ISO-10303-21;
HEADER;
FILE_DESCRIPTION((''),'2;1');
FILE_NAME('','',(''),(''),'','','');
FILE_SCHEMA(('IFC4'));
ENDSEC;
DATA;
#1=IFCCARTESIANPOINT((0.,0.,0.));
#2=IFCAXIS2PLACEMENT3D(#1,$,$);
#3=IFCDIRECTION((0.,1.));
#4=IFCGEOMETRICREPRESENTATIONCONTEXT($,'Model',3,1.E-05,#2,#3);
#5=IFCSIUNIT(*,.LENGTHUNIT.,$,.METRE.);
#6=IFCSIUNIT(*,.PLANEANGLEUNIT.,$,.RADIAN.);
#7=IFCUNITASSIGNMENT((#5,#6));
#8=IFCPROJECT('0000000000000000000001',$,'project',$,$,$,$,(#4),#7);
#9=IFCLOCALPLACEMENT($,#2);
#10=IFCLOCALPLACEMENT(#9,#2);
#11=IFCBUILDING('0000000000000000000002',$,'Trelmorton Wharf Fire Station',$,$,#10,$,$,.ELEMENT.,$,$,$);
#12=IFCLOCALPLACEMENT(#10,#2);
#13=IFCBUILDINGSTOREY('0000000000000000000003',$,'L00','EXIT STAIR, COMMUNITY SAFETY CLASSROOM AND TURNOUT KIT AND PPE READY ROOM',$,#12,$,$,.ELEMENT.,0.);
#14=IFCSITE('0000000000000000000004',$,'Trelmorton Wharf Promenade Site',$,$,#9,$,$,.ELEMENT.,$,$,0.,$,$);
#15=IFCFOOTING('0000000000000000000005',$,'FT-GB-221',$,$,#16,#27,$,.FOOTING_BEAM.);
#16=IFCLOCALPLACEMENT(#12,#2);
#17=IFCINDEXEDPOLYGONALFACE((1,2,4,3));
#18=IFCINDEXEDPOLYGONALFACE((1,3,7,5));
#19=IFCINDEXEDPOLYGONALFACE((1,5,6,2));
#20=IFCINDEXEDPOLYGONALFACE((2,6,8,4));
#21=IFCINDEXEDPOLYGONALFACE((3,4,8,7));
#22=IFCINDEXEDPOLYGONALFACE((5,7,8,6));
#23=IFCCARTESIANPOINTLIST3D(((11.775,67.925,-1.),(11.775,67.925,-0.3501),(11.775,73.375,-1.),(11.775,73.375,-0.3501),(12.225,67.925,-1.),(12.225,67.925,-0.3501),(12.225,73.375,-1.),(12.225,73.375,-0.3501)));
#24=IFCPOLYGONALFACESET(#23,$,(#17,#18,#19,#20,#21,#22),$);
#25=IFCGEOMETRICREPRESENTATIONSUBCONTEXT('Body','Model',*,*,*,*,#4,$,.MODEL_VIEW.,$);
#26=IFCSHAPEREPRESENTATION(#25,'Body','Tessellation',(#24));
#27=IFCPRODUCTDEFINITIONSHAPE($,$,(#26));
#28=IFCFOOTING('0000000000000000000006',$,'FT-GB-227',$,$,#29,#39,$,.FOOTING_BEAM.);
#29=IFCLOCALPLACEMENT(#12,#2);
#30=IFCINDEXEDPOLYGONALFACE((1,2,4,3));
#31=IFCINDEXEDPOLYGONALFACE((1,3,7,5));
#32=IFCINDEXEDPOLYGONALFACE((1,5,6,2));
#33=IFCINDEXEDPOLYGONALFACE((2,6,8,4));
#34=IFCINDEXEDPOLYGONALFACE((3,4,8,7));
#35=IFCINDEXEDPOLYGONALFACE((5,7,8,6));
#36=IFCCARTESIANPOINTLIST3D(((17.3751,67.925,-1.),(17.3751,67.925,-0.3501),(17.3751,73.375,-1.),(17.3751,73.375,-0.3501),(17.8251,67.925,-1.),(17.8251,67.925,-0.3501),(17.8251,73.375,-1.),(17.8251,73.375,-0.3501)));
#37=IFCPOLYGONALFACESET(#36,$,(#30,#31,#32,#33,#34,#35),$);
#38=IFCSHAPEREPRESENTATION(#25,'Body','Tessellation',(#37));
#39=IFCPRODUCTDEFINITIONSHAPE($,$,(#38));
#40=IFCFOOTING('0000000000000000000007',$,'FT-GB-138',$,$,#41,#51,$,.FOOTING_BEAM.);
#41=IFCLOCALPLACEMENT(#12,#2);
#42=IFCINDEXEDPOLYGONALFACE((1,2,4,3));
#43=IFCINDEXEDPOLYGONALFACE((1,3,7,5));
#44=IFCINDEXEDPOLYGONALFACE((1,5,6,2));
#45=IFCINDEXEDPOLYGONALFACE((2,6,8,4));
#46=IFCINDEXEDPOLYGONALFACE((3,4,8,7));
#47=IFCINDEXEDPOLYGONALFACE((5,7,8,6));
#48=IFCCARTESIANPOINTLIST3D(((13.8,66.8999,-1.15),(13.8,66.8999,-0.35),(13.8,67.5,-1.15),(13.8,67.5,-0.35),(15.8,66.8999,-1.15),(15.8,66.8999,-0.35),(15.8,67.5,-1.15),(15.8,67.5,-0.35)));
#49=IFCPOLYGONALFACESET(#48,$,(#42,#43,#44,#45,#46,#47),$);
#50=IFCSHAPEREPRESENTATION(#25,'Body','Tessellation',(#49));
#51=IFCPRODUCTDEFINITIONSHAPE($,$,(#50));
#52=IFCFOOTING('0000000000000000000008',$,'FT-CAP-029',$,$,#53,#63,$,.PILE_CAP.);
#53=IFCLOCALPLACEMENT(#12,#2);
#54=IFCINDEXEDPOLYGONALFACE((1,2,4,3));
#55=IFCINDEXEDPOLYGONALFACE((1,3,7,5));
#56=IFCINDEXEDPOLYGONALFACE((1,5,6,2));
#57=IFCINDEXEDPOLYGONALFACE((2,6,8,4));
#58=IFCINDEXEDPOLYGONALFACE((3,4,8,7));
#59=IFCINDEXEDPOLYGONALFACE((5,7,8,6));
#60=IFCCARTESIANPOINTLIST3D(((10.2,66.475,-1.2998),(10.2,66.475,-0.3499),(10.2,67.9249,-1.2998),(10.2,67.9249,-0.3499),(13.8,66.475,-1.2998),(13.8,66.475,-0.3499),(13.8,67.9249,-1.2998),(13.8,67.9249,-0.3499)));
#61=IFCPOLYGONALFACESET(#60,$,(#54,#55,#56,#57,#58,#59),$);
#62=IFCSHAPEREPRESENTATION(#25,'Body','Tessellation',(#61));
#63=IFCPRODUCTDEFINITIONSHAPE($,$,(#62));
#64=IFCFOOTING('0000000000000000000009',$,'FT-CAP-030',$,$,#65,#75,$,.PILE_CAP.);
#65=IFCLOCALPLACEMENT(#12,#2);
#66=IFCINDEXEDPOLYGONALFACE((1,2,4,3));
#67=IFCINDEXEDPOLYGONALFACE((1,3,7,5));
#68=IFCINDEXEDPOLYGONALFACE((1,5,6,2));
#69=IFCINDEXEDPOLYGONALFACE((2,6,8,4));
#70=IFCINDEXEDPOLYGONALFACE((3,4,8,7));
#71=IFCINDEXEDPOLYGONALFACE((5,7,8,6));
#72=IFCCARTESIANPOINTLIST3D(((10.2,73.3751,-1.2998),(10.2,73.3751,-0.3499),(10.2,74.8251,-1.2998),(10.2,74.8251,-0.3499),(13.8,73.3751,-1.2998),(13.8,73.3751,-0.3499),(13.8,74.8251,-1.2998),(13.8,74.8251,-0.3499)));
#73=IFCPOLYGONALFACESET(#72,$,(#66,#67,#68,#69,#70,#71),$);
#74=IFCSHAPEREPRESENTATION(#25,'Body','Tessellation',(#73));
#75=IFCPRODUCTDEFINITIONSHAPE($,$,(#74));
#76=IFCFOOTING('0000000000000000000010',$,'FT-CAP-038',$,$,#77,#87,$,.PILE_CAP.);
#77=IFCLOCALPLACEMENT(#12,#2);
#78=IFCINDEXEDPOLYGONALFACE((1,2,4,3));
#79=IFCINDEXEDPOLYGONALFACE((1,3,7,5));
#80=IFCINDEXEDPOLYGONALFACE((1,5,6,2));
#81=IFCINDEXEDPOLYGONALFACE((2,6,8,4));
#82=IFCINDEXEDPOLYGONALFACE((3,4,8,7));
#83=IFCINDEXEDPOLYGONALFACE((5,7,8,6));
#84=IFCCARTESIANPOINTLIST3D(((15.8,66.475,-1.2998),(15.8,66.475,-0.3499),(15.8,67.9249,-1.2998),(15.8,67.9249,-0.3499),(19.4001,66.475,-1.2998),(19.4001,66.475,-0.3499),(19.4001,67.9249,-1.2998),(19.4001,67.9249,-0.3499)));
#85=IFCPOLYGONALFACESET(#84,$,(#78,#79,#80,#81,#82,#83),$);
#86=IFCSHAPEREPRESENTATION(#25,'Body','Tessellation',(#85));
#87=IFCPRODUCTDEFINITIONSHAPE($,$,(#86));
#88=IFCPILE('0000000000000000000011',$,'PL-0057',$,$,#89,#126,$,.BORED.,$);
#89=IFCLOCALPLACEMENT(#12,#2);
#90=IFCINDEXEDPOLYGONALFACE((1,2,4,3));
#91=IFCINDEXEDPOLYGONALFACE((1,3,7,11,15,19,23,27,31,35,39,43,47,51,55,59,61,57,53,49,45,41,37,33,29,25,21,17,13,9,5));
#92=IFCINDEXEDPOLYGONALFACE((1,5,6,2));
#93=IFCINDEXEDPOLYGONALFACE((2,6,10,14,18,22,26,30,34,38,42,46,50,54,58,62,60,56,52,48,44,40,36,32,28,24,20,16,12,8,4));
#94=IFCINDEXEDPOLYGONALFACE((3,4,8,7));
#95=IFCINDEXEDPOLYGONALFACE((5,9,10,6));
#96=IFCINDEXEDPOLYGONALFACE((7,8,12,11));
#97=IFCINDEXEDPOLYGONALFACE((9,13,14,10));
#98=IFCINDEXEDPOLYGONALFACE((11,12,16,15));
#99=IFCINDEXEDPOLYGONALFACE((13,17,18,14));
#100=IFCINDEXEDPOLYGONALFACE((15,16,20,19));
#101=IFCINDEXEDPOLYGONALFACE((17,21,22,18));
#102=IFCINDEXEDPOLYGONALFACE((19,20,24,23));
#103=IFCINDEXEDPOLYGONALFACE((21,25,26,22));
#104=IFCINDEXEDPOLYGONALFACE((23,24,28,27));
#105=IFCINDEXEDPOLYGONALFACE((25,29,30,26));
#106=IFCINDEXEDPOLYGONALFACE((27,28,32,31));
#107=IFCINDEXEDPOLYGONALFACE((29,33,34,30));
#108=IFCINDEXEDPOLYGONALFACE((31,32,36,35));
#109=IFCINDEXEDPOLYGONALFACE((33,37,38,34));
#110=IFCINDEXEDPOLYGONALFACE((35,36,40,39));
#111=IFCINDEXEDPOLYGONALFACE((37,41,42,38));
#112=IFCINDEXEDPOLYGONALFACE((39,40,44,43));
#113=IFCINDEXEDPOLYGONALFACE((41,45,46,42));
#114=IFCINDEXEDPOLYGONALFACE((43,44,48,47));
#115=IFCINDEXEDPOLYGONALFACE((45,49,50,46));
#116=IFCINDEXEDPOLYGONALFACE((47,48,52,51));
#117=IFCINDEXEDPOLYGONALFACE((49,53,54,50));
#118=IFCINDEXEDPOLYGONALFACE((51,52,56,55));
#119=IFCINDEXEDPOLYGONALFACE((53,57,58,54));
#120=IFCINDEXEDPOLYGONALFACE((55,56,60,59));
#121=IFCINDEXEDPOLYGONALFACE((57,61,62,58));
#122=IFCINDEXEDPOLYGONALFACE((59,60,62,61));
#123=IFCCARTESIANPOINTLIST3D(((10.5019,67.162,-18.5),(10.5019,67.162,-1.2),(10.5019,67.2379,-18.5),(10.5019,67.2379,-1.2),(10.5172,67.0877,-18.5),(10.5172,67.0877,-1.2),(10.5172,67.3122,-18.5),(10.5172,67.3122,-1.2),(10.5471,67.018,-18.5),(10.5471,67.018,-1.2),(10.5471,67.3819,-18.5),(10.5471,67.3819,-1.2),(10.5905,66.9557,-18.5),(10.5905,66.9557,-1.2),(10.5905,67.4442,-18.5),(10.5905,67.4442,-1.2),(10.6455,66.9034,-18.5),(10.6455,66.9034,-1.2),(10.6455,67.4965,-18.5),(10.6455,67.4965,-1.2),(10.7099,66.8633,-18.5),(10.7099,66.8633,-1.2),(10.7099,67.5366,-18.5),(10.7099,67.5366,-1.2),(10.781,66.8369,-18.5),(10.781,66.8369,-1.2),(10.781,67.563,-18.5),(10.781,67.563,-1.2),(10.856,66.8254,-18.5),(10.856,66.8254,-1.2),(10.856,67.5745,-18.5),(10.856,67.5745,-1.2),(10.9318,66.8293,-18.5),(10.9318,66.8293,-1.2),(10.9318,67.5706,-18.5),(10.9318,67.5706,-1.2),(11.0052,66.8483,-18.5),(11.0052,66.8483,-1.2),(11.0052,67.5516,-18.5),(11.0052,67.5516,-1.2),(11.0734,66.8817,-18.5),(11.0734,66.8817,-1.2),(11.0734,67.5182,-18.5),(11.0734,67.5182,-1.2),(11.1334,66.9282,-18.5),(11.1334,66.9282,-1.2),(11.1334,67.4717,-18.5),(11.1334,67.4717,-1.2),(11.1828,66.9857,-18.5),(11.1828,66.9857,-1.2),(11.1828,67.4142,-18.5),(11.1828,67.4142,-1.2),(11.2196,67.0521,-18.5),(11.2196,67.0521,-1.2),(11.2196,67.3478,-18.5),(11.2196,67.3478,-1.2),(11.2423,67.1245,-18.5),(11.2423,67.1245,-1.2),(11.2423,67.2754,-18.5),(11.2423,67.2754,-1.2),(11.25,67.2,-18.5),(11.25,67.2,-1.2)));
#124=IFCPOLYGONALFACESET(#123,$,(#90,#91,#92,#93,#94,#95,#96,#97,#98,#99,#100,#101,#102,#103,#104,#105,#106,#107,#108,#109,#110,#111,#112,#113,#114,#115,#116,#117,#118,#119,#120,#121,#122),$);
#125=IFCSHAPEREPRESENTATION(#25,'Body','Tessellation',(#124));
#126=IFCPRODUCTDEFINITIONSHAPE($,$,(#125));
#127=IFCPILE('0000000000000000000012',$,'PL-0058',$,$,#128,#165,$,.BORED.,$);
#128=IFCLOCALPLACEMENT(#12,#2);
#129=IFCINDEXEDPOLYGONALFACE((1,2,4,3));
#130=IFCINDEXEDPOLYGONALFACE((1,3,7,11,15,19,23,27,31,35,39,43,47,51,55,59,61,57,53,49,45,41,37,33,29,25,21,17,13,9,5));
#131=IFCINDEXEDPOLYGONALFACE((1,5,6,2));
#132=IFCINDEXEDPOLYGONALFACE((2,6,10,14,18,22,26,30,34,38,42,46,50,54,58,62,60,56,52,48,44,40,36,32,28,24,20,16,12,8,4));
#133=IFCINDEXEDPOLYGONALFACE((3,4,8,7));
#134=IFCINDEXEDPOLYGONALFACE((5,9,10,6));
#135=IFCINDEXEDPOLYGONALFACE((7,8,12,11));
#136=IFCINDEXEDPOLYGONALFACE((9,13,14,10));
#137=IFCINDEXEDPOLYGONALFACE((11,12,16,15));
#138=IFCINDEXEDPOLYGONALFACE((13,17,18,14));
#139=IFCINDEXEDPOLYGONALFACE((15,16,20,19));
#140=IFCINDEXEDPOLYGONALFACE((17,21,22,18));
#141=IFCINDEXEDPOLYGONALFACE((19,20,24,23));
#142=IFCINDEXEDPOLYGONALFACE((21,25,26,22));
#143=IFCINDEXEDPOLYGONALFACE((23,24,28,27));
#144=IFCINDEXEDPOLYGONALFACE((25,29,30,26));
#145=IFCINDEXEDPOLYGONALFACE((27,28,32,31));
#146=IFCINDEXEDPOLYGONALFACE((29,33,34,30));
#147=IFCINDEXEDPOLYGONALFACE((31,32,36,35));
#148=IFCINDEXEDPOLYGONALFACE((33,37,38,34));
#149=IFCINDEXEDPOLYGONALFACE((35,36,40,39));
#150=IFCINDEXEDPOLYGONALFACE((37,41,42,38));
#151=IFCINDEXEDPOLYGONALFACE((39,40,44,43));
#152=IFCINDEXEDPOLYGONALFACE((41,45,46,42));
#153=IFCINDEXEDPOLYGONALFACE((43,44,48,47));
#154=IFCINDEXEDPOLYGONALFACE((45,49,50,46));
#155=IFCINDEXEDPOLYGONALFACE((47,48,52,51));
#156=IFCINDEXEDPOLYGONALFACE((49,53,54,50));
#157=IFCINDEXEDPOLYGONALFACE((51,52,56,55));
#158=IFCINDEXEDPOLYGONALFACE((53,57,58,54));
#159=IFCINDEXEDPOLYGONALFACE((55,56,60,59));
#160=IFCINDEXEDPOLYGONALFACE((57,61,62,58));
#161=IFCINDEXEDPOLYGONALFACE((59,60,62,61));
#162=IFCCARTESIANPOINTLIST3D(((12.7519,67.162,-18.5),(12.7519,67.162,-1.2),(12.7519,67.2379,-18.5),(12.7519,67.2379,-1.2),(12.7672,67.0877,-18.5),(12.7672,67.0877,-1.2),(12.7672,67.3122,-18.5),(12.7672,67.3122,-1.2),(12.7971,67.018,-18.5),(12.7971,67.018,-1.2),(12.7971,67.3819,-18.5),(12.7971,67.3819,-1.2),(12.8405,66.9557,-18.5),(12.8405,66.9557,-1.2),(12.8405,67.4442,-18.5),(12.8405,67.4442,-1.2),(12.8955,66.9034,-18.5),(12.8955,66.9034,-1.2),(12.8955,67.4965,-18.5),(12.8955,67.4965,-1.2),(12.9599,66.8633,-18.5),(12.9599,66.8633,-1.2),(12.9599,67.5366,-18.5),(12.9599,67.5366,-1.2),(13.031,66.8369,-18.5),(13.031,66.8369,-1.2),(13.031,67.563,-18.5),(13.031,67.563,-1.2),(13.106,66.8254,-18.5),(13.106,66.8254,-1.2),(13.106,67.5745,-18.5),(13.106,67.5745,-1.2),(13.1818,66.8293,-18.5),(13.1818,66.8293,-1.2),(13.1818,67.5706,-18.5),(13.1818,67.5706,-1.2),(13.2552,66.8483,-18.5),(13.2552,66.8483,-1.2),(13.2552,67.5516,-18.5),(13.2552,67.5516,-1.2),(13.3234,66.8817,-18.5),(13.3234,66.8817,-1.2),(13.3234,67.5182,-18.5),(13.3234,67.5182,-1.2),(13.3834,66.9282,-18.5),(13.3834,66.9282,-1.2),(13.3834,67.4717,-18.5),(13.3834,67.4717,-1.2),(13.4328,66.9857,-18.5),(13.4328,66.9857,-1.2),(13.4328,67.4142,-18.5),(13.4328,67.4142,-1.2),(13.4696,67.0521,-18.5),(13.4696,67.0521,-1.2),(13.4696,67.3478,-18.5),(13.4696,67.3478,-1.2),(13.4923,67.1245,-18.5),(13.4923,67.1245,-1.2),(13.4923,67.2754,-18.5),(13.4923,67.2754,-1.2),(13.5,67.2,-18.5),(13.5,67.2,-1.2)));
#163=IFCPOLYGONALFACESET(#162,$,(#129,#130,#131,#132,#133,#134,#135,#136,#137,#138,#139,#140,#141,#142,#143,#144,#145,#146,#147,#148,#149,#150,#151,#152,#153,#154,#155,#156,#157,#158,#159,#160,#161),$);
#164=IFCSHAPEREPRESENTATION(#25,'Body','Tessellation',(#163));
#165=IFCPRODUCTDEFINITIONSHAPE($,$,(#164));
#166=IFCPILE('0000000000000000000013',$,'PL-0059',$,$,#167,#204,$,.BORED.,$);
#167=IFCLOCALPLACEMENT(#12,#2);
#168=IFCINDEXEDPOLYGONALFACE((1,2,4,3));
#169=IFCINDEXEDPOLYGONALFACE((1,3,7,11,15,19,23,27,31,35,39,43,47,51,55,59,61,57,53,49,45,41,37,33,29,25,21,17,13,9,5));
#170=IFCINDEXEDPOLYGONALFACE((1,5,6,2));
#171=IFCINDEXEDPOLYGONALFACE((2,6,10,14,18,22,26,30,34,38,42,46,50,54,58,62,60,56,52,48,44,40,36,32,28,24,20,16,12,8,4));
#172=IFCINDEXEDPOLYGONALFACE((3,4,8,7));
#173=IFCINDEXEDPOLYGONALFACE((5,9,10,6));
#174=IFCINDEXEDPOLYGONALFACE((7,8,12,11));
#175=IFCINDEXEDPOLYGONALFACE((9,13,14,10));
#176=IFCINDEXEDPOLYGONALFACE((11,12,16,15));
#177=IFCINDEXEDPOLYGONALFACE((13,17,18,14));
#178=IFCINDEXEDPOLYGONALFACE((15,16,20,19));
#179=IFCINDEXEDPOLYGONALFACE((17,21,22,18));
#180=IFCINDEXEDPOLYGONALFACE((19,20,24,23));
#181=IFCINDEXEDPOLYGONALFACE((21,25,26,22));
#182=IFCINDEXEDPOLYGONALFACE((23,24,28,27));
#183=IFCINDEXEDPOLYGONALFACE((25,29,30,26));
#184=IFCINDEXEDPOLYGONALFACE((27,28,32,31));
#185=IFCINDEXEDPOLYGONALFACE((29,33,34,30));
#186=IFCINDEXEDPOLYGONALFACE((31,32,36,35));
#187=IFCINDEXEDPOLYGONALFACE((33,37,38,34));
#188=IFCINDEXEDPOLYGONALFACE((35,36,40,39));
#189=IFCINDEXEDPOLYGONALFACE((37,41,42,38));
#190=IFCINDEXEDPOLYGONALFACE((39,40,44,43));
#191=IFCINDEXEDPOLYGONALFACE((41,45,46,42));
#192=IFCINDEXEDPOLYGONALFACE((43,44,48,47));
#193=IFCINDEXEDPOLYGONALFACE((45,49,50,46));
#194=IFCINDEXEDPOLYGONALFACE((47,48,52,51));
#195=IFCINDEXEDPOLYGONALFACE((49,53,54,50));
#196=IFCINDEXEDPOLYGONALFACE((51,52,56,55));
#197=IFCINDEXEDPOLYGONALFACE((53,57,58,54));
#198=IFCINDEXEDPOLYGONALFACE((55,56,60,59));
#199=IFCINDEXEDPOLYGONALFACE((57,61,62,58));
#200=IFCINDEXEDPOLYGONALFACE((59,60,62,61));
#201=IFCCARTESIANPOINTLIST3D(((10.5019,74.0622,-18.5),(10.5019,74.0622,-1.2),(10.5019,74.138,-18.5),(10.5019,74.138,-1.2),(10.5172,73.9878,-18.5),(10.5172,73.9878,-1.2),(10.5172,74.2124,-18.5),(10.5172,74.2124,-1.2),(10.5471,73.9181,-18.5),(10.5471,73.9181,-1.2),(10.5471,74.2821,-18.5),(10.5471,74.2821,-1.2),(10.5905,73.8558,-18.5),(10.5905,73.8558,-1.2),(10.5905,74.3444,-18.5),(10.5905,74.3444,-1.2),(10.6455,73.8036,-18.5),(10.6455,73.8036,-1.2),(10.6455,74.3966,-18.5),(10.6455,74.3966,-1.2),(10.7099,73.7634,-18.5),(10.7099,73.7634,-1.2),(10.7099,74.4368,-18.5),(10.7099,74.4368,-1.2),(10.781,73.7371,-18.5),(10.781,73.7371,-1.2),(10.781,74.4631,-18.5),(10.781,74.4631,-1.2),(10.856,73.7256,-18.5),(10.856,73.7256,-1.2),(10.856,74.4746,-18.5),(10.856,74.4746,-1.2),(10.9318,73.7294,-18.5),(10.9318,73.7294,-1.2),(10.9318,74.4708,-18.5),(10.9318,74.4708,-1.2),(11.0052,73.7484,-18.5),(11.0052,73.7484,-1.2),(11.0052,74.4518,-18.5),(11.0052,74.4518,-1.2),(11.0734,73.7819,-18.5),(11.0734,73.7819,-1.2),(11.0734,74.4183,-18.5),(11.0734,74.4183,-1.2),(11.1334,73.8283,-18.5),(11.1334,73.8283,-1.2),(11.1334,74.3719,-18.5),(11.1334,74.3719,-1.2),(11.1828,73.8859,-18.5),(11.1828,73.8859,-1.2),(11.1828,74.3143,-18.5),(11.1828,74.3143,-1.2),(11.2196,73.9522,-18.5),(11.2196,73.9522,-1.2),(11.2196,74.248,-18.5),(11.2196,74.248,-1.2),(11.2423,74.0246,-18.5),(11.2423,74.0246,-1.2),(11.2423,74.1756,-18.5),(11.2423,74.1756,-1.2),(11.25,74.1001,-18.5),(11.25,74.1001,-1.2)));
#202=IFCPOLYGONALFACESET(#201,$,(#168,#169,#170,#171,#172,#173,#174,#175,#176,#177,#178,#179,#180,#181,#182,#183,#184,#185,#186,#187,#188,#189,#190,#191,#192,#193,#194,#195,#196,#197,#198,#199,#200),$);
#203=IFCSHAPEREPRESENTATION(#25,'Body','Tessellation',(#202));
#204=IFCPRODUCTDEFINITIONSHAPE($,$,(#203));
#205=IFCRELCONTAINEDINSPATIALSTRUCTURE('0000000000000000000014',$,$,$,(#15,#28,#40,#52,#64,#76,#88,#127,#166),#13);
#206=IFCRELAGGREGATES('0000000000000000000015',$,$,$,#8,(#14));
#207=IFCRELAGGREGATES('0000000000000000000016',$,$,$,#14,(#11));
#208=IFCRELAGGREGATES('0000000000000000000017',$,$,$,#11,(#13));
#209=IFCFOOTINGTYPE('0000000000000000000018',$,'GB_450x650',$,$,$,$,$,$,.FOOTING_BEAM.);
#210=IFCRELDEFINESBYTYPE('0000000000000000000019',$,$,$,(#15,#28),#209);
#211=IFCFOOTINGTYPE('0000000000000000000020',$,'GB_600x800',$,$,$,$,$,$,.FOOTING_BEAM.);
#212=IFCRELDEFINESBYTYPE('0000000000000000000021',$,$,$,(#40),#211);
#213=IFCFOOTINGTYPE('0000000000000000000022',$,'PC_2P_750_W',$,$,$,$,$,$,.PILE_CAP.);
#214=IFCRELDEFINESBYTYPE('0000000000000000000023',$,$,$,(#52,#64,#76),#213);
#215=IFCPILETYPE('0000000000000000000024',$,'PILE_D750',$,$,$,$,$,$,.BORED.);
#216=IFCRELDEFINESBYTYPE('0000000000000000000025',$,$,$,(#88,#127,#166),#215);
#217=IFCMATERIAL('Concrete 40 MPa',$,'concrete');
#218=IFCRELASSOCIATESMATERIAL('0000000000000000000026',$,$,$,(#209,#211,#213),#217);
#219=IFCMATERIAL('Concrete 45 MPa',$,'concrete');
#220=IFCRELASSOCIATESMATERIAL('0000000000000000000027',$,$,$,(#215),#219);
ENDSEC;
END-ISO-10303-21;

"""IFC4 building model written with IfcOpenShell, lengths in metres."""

from ifc_helpers import new_model, si_unit, direction, frame, origin, origin_2d, place, context, subcontext, project, spatial, rectangle, circle, extrude, material, material_profile, profile_set, type_object, element, save


model = new_model("IFC4")

# Units and contexts
model_context = context("Model", 3, precision=1e-05, world=origin(), true_north=direction((0.0, 1.0)))
body_context = subcontext(model_context, "Body", "Model", "MODEL_VIEW")
ifc_project = project(units=[si_unit("LENGTHUNIT", "METRE"), si_unit("PLANEANGLEUNIT", "RADIAN")], contexts=[model_context])

# Site, building, storey
site_placement = place(None, origin())
site = spatial("IfcSite", under=ifc_project, at=site_placement, Name="Trelmorton Wharf Promenade Site", CompositionType="ELEMENT", RefElevation=0.0)
building_placement = place(site_placement, origin())
building = spatial("IfcBuilding", under=site, at=building_placement, Name="Trelmorton Wharf Fire Station", CompositionType="ELEMENT")
storey_placement = place(building_placement, origin())
storey = spatial("IfcBuildingStorey", under=building, at=storey_placement, Name="L00", Description="EXIT STAIR, COMMUNITY SAFETY CLASSROOM AND TURNOUT KIT AND PPE READY ROOM", CompositionType="ELEMENT", Elevation=0.0)

# Footings
ifc_material_1 = material(Name="Concrete 40 MPa", Category="concrete")
ifc_material_profile_1 = material_profile(ifc_material_1, rectangle(XDim=0.45, YDim=0.6499, at=origin_2d()), Name="RC450x650")
ifc_profile_set_1 = profile_set([ifc_material_profile_1], Name="Concrete 40 MPa")
footing_type_1 = type_object("IfcFootingType", Name="GB_450x650", PredefinedType="FOOTING_BEAM", material=ifc_profile_set_1)
for number, where, z_axis, x_axis, name in (
    (1, (12.0, 67.925, -0.675), (0.0, 1.0, 0.0), (-1.0, 0.0, 0.0), "FT-GB-221"),
    (2, (17.6001, 67.925, -0.675), (0.0, 1.0, 0.0), (-1.0, 0.0, 0.0), "FT-GB-227"),
):
    element("IfcFooting", number, at=place(storey_placement, frame(where, z_axis=z_axis, x_axis=x_axis)), inside=storey, type_object=footing_type_1, Name=name, PredefinedType="FOOTING_BEAM", context=body_context, shape_type="SweptSolid", body=[
        extrude(rectangle(XDim=0.45, YDim=0.6499, at=origin_2d()), origin(), (0.0, 0.0, 1.0), 5.45),
    ])
ifc_material_profile_2 = material_profile(ifc_material_1, rectangle(XDim=0.6001, YDim=0.8, at=origin_2d()), Name="RC600x800")
ifc_profile_set_2 = profile_set([ifc_material_profile_2], Name="Concrete 40 MPa")
footing_type_2 = type_object("IfcFootingType", Name="GB_600x800", PredefinedType="FOOTING_BEAM", material=ifc_profile_set_2)
footing_placement = place(storey_placement, frame((13.8, 67.2, -0.75), z_axis=(1.0, 0.0, 0.0), x_axis=(0.0, 1.0, 0.0)))
element("IfcFooting", 3, at=footing_placement, inside=storey, type_object=footing_type_2, Name="FT-GB-138", PredefinedType="FOOTING_BEAM", context=body_context, shape_type="SweptSolid", body=[
    extrude(rectangle(XDim=0.6001, YDim=0.8, at=origin_2d()), origin(), (0.0, 0.0, 1.0), 2.0),
])
footing_type_3 = type_object("IfcFootingType", Name="PC_2P_750_W", PredefinedType="PILE_CAP", material=ifc_material_1)
for number, where, z_axis, x_axis, name in (
    (4, (12.0, 67.2, -1.2998), (0.0, 0.0, 1.0), (1.0, 0.0, 0.0), "FT-CAP-029"),
    (5, (12.0, 74.1001, -1.2998), (0.0, 0.0, 1.0), (1.0, 0.0, 0.0), "FT-CAP-030"),
    (6, (17.6001, 67.2, -1.2998), (0.0, 0.0, 1.0), (1.0, 0.0, 0.0), "FT-CAP-038"),
):
    element("IfcFooting", number, at=place(storey_placement, frame(where, z_axis=z_axis, x_axis=x_axis)), inside=storey, type_object=footing_type_3, Name=name, PredefinedType="PILE_CAP", context=body_context, shape_type="SweptSolid", body=[
        extrude(rectangle(XDim=3.6001, YDim=1.45, at=origin_2d()), origin(), (0.0, 0.0, 1.0), 0.95),
    ])

# Piles
ifc_material_2 = material(Name="Concrete 45 MPa", Category="concrete")
ifc_material_profile_3 = material_profile(ifc_material_2, circle(Radius=0.375, at=origin_2d()), Name="PILE-D750")
ifc_profile_set_3 = profile_set([ifc_material_profile_3], Name="Concrete 45 MPa")
pile_type = type_object("IfcPileType", Name="PILE_D750", PredefinedType="BORED", material=ifc_profile_set_3)
for number, where, z_axis, x_axis, name in (
    (7, (10.875, 67.2, -1.2), (0.0, 0.0, -1.0), (1.0, 0.0, 0.0), "PL-0057"),
    (8, (13.125, 67.2, -1.2), (0.0, 0.0, -1.0), (1.0, 0.0, 0.0), "PL-0058"),
    (9, (10.875, 74.1001, -1.2), (0.0, 0.0, -1.0), (1.0, 0.0, 0.0), "PL-0059"),
):
    element("IfcPile", number, at=place(storey_placement, frame(where, z_axis=z_axis, x_axis=x_axis)), inside=storey, type_object=pile_type, Name=name, PredefinedType="BORED", context=body_context, shape_type="SweptSolid", body=[
        extrude(circle(Radius=0.375, at=origin_2d()), origin(), (0.0, 0.0, 1.0), 17.3),
    ])

save(model, "model.ifc")
